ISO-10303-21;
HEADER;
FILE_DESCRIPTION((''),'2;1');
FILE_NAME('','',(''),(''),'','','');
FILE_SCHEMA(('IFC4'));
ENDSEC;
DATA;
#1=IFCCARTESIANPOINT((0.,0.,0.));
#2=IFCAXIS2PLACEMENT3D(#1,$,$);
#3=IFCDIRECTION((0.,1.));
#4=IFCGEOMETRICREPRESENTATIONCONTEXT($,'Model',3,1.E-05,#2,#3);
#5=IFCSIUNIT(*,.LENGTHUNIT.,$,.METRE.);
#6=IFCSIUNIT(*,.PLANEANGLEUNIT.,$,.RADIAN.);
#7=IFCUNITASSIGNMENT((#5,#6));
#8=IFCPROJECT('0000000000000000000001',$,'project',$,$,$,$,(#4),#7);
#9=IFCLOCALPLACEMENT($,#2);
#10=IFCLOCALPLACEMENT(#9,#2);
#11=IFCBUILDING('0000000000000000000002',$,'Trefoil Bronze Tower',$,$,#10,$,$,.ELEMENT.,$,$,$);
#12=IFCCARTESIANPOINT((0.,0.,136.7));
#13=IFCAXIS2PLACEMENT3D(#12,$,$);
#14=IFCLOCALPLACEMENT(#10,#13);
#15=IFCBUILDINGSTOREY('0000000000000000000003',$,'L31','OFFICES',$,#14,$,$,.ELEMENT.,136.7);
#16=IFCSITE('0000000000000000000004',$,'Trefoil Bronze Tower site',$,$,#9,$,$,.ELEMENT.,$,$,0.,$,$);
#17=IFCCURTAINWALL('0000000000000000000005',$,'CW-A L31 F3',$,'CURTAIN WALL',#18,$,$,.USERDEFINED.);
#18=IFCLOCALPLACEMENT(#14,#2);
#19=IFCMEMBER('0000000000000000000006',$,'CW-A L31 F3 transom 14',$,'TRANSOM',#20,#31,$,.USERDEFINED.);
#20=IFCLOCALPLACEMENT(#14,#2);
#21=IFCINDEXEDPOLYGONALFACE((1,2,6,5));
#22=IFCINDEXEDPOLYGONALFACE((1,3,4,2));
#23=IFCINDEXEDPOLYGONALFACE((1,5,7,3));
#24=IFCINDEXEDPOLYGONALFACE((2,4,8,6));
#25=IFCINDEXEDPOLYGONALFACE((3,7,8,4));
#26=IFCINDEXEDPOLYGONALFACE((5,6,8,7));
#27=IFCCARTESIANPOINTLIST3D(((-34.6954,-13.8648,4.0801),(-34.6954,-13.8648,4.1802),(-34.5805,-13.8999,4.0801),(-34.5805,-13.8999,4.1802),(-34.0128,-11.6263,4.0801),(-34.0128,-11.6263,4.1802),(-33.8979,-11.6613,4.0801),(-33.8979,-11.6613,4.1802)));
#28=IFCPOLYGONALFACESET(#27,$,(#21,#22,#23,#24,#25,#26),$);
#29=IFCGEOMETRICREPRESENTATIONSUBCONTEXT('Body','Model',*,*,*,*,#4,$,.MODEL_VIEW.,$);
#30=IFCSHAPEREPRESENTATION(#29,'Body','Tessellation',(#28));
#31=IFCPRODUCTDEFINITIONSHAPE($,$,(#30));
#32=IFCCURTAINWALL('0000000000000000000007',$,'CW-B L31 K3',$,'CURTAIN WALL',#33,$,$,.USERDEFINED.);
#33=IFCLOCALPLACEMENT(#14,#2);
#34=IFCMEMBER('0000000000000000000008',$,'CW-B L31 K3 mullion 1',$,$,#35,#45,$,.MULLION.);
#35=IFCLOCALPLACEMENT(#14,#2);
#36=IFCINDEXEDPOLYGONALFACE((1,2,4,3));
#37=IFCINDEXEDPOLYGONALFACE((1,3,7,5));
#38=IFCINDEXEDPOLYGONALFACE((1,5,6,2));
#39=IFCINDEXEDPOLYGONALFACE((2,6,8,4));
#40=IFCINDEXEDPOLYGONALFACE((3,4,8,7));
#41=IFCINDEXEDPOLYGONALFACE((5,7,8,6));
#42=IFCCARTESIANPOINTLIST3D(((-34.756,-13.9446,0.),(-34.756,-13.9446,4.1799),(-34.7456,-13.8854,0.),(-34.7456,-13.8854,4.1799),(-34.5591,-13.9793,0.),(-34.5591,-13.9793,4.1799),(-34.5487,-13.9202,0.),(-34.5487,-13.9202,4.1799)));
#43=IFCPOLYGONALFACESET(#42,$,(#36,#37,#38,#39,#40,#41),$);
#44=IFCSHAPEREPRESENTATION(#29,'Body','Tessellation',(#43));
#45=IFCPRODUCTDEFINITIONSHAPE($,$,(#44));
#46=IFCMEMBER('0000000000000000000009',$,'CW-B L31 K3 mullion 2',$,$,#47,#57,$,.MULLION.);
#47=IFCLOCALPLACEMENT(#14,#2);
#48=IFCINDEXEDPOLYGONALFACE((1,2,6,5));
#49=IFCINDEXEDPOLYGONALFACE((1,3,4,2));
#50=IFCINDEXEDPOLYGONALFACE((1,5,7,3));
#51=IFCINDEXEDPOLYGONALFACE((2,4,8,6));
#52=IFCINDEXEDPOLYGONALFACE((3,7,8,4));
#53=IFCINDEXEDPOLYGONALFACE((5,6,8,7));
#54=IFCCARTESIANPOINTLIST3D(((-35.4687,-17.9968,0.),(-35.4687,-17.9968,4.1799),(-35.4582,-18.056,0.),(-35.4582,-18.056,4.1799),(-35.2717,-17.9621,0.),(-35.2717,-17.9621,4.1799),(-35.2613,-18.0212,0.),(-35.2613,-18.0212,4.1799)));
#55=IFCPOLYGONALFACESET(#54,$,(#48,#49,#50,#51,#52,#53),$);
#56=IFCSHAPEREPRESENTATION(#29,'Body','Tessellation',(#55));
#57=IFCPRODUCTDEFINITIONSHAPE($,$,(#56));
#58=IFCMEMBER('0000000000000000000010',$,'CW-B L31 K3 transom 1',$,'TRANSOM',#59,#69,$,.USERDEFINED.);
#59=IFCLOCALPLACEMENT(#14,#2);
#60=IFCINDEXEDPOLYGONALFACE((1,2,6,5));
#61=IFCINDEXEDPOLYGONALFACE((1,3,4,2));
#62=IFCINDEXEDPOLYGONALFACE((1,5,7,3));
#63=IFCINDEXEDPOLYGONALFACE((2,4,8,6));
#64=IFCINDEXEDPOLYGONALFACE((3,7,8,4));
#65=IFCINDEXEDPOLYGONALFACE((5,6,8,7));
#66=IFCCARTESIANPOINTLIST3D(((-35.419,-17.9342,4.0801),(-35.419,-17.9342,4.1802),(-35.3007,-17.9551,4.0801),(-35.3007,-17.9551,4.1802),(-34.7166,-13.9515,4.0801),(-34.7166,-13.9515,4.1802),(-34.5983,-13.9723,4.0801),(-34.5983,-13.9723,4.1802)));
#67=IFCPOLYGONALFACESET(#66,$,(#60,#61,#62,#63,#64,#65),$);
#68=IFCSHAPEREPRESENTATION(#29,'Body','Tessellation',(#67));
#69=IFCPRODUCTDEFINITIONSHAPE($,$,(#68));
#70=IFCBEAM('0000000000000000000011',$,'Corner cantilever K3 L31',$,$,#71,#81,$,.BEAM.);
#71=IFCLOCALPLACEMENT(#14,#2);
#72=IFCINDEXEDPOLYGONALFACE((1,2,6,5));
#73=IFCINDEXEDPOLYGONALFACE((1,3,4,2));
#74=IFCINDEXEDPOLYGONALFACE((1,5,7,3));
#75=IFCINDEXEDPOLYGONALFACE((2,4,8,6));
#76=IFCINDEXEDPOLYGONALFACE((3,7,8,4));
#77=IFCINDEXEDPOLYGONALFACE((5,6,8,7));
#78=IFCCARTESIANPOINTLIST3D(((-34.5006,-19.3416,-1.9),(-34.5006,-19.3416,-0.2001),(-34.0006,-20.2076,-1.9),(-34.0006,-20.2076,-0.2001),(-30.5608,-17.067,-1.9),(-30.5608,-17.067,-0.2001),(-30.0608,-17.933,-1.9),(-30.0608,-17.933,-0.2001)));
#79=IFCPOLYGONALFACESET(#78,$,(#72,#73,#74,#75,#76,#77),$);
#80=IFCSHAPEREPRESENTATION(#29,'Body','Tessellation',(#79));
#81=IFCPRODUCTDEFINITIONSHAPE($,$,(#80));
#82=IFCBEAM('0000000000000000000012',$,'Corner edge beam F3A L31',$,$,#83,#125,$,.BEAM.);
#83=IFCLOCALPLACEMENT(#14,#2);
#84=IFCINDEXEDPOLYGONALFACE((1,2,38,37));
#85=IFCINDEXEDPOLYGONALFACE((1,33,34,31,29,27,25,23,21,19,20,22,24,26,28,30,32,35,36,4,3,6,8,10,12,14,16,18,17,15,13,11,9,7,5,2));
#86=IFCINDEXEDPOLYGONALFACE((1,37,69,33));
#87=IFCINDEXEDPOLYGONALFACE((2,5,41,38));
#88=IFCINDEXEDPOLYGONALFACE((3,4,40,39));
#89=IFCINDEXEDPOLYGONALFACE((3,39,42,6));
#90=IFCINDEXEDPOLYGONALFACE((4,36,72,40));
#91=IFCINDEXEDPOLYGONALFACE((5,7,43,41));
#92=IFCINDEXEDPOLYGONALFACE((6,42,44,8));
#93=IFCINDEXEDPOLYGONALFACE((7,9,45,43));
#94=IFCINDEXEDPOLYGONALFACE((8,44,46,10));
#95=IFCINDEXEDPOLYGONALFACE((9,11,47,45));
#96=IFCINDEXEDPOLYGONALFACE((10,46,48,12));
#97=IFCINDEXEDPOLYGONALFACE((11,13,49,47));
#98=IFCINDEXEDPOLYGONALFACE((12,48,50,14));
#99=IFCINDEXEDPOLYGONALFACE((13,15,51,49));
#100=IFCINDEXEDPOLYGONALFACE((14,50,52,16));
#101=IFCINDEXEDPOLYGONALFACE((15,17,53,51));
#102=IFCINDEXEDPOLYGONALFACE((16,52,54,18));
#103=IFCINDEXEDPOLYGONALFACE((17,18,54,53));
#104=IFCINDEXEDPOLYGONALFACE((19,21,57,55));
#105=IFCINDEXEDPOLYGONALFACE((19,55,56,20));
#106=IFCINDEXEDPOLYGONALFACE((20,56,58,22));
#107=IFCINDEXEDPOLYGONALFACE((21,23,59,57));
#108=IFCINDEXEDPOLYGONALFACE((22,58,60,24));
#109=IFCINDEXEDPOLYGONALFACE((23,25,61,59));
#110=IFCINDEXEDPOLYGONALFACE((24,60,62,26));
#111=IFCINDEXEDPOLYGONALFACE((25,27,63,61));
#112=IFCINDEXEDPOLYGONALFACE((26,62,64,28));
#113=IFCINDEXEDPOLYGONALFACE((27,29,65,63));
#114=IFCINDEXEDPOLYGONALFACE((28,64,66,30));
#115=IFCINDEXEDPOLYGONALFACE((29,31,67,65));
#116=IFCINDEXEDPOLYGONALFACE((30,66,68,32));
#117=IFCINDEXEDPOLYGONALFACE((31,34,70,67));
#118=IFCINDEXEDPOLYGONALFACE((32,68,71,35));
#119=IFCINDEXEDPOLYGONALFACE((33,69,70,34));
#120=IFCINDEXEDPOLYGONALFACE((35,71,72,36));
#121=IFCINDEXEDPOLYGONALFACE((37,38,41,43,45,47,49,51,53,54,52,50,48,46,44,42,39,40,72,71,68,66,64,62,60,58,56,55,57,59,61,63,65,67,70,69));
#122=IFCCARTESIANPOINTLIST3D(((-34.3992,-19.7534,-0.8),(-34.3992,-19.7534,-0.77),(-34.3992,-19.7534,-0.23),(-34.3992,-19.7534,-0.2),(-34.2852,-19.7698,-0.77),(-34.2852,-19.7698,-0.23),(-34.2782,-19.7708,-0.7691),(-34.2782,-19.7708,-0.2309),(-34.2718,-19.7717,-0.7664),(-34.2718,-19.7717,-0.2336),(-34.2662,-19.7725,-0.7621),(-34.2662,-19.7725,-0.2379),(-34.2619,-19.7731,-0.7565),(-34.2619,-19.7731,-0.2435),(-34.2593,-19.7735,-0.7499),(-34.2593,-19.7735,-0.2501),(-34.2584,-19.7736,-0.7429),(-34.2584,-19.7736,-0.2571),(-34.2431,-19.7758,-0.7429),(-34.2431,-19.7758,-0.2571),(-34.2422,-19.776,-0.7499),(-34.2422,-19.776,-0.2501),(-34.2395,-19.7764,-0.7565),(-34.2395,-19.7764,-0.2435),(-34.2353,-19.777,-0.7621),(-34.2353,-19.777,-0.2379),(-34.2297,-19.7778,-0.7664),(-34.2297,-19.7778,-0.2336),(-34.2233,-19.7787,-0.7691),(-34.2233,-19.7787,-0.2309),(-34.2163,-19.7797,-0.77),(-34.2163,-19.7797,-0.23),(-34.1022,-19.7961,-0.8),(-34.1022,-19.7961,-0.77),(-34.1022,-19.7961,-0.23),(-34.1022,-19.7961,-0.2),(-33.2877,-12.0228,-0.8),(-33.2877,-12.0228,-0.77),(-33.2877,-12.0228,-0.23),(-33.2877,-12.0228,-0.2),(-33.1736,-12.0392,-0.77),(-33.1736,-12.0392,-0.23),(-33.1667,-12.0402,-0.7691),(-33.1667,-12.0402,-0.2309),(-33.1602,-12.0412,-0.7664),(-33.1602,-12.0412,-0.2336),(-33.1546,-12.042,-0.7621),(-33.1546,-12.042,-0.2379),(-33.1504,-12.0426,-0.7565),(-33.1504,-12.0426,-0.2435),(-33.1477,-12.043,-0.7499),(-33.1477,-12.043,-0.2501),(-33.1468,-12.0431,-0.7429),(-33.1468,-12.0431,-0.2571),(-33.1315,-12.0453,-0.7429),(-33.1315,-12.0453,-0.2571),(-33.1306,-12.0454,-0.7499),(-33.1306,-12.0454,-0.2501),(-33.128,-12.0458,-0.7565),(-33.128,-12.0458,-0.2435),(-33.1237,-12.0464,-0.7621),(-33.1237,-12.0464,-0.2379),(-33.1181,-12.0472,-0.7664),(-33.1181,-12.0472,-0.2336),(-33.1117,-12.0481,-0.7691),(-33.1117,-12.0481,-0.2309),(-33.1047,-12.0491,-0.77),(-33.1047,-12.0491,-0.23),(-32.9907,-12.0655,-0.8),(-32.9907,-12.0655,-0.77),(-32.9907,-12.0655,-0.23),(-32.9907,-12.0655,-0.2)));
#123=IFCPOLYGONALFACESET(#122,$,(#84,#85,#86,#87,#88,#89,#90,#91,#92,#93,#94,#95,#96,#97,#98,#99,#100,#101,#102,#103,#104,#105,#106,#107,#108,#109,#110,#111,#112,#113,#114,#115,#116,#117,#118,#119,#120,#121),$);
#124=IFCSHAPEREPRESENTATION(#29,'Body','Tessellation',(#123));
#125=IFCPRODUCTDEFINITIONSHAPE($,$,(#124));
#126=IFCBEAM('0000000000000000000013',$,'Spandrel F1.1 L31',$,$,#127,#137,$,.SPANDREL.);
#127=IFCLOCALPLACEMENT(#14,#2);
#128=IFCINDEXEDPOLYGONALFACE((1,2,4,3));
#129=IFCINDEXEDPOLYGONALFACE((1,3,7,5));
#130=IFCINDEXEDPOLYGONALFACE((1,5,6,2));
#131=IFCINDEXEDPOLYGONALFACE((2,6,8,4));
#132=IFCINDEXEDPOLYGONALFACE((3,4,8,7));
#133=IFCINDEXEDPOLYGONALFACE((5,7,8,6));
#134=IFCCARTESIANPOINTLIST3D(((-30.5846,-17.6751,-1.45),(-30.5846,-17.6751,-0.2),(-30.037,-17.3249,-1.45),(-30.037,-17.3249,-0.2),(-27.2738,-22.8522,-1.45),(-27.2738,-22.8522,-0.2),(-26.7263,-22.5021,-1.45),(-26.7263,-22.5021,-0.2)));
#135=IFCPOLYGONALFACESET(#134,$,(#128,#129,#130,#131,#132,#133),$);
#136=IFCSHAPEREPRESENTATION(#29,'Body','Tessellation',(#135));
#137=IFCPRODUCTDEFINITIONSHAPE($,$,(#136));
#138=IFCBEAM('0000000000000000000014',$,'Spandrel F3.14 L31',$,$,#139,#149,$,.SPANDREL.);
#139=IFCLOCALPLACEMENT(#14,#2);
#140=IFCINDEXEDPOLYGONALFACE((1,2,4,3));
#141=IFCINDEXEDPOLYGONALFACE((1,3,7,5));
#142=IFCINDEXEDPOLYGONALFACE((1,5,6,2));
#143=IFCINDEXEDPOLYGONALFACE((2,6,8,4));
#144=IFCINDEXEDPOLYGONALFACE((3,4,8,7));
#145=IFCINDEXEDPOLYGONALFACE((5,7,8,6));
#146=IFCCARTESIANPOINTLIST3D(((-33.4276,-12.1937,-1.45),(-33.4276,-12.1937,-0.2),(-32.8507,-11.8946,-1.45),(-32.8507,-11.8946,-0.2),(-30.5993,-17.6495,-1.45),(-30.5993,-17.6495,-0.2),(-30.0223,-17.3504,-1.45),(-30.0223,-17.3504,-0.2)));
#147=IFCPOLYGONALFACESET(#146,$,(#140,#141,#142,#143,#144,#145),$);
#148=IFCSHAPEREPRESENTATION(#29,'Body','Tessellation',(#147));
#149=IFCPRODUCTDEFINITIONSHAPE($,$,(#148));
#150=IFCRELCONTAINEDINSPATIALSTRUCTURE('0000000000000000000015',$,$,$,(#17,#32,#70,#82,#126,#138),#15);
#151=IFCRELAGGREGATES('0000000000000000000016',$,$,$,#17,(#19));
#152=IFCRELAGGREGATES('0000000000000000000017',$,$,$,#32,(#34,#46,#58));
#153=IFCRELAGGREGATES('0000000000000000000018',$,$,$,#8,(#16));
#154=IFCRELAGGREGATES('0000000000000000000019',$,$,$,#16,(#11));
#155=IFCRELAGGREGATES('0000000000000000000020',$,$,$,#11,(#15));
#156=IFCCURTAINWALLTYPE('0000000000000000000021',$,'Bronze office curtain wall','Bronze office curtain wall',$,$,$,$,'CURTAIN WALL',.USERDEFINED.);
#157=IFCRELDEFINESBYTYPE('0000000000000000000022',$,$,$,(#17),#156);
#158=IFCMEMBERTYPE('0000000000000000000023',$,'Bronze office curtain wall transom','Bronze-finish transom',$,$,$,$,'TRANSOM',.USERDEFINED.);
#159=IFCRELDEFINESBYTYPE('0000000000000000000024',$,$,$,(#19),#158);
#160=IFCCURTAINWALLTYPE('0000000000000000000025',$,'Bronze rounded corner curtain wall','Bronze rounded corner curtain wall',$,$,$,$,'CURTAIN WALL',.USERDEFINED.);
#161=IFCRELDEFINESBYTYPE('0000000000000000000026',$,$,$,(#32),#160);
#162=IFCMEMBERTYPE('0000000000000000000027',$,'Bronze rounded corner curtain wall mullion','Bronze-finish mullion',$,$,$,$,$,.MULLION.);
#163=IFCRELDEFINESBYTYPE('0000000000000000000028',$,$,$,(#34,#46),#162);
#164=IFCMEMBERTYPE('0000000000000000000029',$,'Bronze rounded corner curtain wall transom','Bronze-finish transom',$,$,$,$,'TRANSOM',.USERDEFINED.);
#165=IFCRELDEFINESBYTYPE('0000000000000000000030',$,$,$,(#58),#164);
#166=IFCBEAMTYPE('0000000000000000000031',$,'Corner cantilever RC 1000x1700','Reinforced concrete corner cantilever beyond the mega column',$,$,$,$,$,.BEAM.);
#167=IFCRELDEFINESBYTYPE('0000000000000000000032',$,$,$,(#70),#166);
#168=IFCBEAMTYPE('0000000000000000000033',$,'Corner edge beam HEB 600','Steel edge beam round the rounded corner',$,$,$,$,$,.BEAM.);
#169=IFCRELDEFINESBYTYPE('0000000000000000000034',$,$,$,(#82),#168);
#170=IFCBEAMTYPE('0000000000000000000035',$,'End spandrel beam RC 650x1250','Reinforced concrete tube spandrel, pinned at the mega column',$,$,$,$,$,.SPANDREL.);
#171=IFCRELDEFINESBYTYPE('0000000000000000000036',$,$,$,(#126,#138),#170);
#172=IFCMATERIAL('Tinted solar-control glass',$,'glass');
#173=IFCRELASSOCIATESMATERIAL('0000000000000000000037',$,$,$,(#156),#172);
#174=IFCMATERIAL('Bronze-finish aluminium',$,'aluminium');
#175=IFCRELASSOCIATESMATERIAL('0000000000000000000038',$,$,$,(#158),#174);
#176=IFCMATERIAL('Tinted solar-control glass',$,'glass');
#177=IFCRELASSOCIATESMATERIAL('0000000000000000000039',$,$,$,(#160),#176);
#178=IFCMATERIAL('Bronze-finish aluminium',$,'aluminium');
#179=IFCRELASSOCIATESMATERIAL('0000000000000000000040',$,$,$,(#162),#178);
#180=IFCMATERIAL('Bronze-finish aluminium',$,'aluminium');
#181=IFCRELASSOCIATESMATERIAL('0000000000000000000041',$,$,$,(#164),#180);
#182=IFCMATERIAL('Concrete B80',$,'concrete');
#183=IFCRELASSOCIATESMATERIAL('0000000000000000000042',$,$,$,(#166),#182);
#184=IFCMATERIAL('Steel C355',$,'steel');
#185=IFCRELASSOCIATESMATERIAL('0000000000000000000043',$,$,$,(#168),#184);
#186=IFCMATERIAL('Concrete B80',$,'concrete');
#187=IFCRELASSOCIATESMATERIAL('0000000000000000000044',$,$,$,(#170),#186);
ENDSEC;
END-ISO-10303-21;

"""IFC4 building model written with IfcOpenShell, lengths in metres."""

from ifc_helpers import new_model, si_unit, direction, frame, origin, origin_2d, place, context, subcontext, project, spatial, rectangle, i_section, extrude, material, material_profile, profile_set, type_object, element, aggregate, save


model = new_model("IFC4")

# Units and contexts
model_context = context("Model", 3, precision=1e-05, world=origin(), true_north=direction((0.0, 1.0)))
body_context = subcontext(model_context, "Body", "Model", "MODEL_VIEW")
ifc_project = project(units=[si_unit("LENGTHUNIT", "METRE"), si_unit("PLANEANGLEUNIT", "RADIAN")], contexts=[model_context])

# Site, building, storey
site_placement = place(None, origin())
site = spatial("IfcSite", under=ifc_project, at=site_placement, Name="Trefoil Bronze Tower site", CompositionType="ELEMENT", RefElevation=0.0)
building_placement = place(site_placement, origin())
building = spatial("IfcBuilding", under=site, at=building_placement, Name="Trefoil Bronze Tower", CompositionType="ELEMENT")
storey_placement = place(building_placement, frame((0.0, 0.0, 136.7)))
storey = spatial("IfcBuildingStorey", under=building, at=storey_placement, Name="L31", Description="OFFICES", CompositionType="ELEMENT", Elevation=136.7)

# Curtain walls, members
ifc_material_1 = material(Name="Tinted solar-control glass", Category="glass")
curtain_wall_type_1 = type_object("IfcCurtainWallType", Name="Bronze office curtain wall", Description="Bronze office curtain wall", ElementType="CURTAIN WALL", PredefinedType="USERDEFINED", material=ifc_material_1)
curtain_wall_1_placement = place(storey_placement, origin())
curtain_wall_1 = element("IfcCurtainWall", 1, at=curtain_wall_1_placement, inside=storey, type_object=curtain_wall_type_1, Name="CW-A L31 F3", ObjectType="CURTAIN WALL", PredefinedType="USERDEFINED")
ifc_material_2 = material(Name="Bronze-finish aluminium", Category="aluminium")
ifc_material_profile_1 = material_profile(ifc_material_2, rectangle(XDim=0.1201, YDim=0.1001, at=origin_2d()), Name="CW-A transom")
ifc_profile_set_1 = profile_set([ifc_material_profile_1], Name="Bronze-finish aluminium")
member_type_1 = type_object("IfcMemberType", Name="Bronze office curtain wall transom", Description="Bronze-finish transom", ElementType="TRANSOM", PredefinedType="USERDEFINED", material=ifc_profile_set_1)
member_1_placement = place(storey_placement, frame((-33.9553, -11.6438, 4.1301), z_axis=(-0.29168, -0.956516, 0.0), x_axis=(0.956516, -0.29168, 0.0)))
member_1 = element("IfcMember", 2, at=member_1_placement, type_object=member_type_1, Name="CW-A L31 F3 transom 14", ObjectType="TRANSOM", PredefinedType="USERDEFINED", context=body_context, shape_type="SweptSolid", body=[
    extrude(rectangle(XDim=0.1201, YDim=0.1001, at=origin_2d()), origin(), (0.0, 0.0, 1.0), 2.3403),
])
ifc_material_3 = material(Name="Tinted solar-control glass", Category="glass")
curtain_wall_type_2 = type_object("IfcCurtainWallType", Name="Bronze rounded corner curtain wall", Description="Bronze rounded corner curtain wall", ElementType="CURTAIN WALL", PredefinedType="USERDEFINED", material=ifc_material_3)
curtain_wall_2_placement = place(storey_placement, origin())
curtain_wall_2 = element("IfcCurtainWall", 3, at=curtain_wall_2_placement, inside=storey, type_object=curtain_wall_type_2, Name="CW-B L31 K3", ObjectType="CURTAIN WALL", PredefinedType="USERDEFINED")
ifc_material_4 = material(Name="Bronze-finish aluminium", Category="aluminium")
ifc_material_profile_2 = material_profile(ifc_material_4, rectangle(XDim=0.2, YDim=0.0601, at=origin_2d()), Name="CW-B mullion")
ifc_profile_set_2 = profile_set([ifc_material_profile_2], Name="Bronze-finish aluminium")
member_type_2 = type_object("IfcMemberType", Name="Bronze rounded corner curtain wall mullion", Description="Bronze-finish mullion", PredefinedType="MULLION", material=ifc_profile_set_2)
member_2_placement = place(storey_placement, frame((-34.6523, -13.9324, 0.0), z_axis=(0.0, 0.0, 1.0), x_axis=(0.984808, -0.173648, 0.0)))
member_2 = element("IfcMember", 4, at=member_2_placement, type_object=member_type_2, Name="CW-B L31 K3 mullion 1", PredefinedType="MULLION", context=body_context, shape_type="SweptSolid", body=[
    extrude(rectangle(XDim=0.2, YDim=0.0601, at=origin_2d()), origin(), (0.0, 0.0, 1.0), 4.1799),
])
member_3_placement = place(storey_placement, frame((-35.365, -18.009, 0.0), z_axis=(0.0, 0.0, 1.0), x_axis=(0.984808, 0.173648, 0.0)))
member_3 = element("IfcMember", 5, at=member_3_placement, type_object=member_type_2, Name="CW-B L31 K3 mullion 2", PredefinedType="MULLION", context=body_context, shape_type="SweptSolid", body=[
    extrude(rectangle(XDim=0.2, YDim=0.0601, at=origin_2d()), origin(), (0.0, 0.0, 1.0), 4.1799),
])
ifc_material_5 = material(Name="Bronze-finish aluminium", Category="aluminium")
ifc_material_profile_3 = material_profile(ifc_material_5, rectangle(XDim=0.1201, YDim=0.1001, at=origin_2d()), Name="CW-B transom")
ifc_profile_set_3 = profile_set([ifc_material_profile_3], Name="Bronze-finish aluminium")
member_type_3 = type_object("IfcMemberType", Name="Bronze rounded corner curtain wall transom", Description="Bronze-finish transom", ElementType="TRANSOM", PredefinedType="USERDEFINED", material=ifc_profile_set_3)
member_4_placement = place(storey_placement, frame((-34.6575, -13.9619, 4.1301), z_axis=(-0.173682, -0.984802, 0.0), x_axis=(0.984802, -0.173682, 0.0)))
member_4 = element("IfcMember", 6, at=member_4_placement, type_object=member_type_3, Name="CW-B L31 K3 transom 1", ObjectType="TRANSOM", PredefinedType="USERDEFINED", context=body_context, shape_type="SweptSolid", body=[
    extrude(rectangle(XDim=0.1201, YDim=0.1001, at=origin_2d()), origin(), (0.0, 0.0, 1.0), 4.0442),
])

# Beams
ifc_material_6 = material(Name="Concrete B80", Category="concrete")
ifc_material_profile_4 = material_profile(ifc_material_6, rectangle(XDim=1.0, YDim=1.7, at=origin_2d()), Name="RC 1000x1700")
ifc_profile_set_4 = profile_set([ifc_material_profile_4], Name="Concrete B80")
beam_type_1 = type_object("IfcBeamType", Name="Corner cantilever RC 1000x1700", Description="Reinforced concrete corner cantilever beyond the mega column", PredefinedType="BEAM", material=ifc_profile_set_4)
beam_1_placement = place(storey_placement, frame((-30.3108, -17.5, -1.05), z_axis=(-0.866032, -0.499989, 0.0), x_axis=(0.499989, -0.866032, 0.0)))
element("IfcBeam", 7, at=beam_1_placement, inside=storey, type_object=beam_type_1, Name="Corner cantilever K3 L31", PredefinedType="BEAM", context=body_context, shape_type="SweptSolid", body=[
    extrude(rectangle(XDim=1.0, YDim=1.7, at=origin_2d()), origin(), (0.0, 0.0, 1.0), 4.5493),
])
ifc_material_7 = material(Name="Steel C355", Category="steel")
ifc_material_profile_5 = material_profile(ifc_material_7, i_section(OverallWidth=0.3, OverallDepth=0.6001, WebThickness=0.0154, FlangeThickness=0.03, FilletRadius=0.0271, at=origin_2d()), Name="HEB 600")
ifc_profile_set_5 = profile_set([ifc_material_profile_5], Name="Steel C355")
beam_type_2 = type_object("IfcBeamType", Name="Corner edge beam HEB 600", Description="Steel edge beam round the rounded corner", PredefinedType="BEAM", material=ifc_profile_set_5)
beam_2_placement = place(storey_placement, frame((-33.1392, -12.0442, -0.5), z_axis=(-0.142327, -0.98982, 0.0), x_axis=(0.98982, -0.142327, 0.0)))
element("IfcBeam", 8, at=beam_2_placement, inside=storey, type_object=beam_type_2, Name="Corner edge beam F3A L31", PredefinedType="BEAM", context=body_context, shape_type="SweptSolid", body=[
    extrude(i_section(OverallWidth=0.3, OverallDepth=0.6001, WebThickness=0.0154, FlangeThickness=0.03, FilletRadius=0.0271, at=origin_2d()), origin(), (0.0, 0.0, 1.0), 7.8101),
])
ifc_material_8 = material(Name="Concrete B80", Category="concrete")
ifc_material_profile_6 = material_profile(ifc_material_8, rectangle(XDim=0.6499, YDim=1.25, at=origin_2d()), Name="RC 650x1250")
ifc_profile_set_6 = profile_set([ifc_material_profile_6], Name="Concrete B80")
beam_type_3 = type_object("IfcBeamType", Name="End spandrel beam RC 650x1250", Description="Reinforced concrete tube spandrel, pinned at the mega column", PredefinedType="SPANDREL", material=ifc_profile_set_6)
for number, where, z_axis, x_axis, name in (
    (9, (-30.3108, -17.5, -0.825), (0.538748, -0.842467, 0.0), (0.842467, 0.538748, 0.0), "Spandrel F1.1 L31"),
    (10, (-33.1392, -12.0442, -0.825), (0.460244, -0.887792, 0.0), (0.887792, 0.460244, 0.0), "Spandrel F3.14 L31"),
):
    element("IfcBeam", number, at=place(storey_placement, frame(where, z_axis=z_axis, x_axis=x_axis)), inside=storey, type_object=beam_type_3, Name=name, PredefinedType="SPANDREL", context=body_context, shape_type="SweptSolid", body=[
        extrude(rectangle(XDim=0.6499, YDim=1.25, at=origin_2d()), origin(), (0.0, 0.0, 1.0), 6.1453),
    ])

aggregate(curtain_wall_1, [member_1])
aggregate(curtain_wall_2, [member_2, member_3, member_4])

save(model, "model.ifc")
